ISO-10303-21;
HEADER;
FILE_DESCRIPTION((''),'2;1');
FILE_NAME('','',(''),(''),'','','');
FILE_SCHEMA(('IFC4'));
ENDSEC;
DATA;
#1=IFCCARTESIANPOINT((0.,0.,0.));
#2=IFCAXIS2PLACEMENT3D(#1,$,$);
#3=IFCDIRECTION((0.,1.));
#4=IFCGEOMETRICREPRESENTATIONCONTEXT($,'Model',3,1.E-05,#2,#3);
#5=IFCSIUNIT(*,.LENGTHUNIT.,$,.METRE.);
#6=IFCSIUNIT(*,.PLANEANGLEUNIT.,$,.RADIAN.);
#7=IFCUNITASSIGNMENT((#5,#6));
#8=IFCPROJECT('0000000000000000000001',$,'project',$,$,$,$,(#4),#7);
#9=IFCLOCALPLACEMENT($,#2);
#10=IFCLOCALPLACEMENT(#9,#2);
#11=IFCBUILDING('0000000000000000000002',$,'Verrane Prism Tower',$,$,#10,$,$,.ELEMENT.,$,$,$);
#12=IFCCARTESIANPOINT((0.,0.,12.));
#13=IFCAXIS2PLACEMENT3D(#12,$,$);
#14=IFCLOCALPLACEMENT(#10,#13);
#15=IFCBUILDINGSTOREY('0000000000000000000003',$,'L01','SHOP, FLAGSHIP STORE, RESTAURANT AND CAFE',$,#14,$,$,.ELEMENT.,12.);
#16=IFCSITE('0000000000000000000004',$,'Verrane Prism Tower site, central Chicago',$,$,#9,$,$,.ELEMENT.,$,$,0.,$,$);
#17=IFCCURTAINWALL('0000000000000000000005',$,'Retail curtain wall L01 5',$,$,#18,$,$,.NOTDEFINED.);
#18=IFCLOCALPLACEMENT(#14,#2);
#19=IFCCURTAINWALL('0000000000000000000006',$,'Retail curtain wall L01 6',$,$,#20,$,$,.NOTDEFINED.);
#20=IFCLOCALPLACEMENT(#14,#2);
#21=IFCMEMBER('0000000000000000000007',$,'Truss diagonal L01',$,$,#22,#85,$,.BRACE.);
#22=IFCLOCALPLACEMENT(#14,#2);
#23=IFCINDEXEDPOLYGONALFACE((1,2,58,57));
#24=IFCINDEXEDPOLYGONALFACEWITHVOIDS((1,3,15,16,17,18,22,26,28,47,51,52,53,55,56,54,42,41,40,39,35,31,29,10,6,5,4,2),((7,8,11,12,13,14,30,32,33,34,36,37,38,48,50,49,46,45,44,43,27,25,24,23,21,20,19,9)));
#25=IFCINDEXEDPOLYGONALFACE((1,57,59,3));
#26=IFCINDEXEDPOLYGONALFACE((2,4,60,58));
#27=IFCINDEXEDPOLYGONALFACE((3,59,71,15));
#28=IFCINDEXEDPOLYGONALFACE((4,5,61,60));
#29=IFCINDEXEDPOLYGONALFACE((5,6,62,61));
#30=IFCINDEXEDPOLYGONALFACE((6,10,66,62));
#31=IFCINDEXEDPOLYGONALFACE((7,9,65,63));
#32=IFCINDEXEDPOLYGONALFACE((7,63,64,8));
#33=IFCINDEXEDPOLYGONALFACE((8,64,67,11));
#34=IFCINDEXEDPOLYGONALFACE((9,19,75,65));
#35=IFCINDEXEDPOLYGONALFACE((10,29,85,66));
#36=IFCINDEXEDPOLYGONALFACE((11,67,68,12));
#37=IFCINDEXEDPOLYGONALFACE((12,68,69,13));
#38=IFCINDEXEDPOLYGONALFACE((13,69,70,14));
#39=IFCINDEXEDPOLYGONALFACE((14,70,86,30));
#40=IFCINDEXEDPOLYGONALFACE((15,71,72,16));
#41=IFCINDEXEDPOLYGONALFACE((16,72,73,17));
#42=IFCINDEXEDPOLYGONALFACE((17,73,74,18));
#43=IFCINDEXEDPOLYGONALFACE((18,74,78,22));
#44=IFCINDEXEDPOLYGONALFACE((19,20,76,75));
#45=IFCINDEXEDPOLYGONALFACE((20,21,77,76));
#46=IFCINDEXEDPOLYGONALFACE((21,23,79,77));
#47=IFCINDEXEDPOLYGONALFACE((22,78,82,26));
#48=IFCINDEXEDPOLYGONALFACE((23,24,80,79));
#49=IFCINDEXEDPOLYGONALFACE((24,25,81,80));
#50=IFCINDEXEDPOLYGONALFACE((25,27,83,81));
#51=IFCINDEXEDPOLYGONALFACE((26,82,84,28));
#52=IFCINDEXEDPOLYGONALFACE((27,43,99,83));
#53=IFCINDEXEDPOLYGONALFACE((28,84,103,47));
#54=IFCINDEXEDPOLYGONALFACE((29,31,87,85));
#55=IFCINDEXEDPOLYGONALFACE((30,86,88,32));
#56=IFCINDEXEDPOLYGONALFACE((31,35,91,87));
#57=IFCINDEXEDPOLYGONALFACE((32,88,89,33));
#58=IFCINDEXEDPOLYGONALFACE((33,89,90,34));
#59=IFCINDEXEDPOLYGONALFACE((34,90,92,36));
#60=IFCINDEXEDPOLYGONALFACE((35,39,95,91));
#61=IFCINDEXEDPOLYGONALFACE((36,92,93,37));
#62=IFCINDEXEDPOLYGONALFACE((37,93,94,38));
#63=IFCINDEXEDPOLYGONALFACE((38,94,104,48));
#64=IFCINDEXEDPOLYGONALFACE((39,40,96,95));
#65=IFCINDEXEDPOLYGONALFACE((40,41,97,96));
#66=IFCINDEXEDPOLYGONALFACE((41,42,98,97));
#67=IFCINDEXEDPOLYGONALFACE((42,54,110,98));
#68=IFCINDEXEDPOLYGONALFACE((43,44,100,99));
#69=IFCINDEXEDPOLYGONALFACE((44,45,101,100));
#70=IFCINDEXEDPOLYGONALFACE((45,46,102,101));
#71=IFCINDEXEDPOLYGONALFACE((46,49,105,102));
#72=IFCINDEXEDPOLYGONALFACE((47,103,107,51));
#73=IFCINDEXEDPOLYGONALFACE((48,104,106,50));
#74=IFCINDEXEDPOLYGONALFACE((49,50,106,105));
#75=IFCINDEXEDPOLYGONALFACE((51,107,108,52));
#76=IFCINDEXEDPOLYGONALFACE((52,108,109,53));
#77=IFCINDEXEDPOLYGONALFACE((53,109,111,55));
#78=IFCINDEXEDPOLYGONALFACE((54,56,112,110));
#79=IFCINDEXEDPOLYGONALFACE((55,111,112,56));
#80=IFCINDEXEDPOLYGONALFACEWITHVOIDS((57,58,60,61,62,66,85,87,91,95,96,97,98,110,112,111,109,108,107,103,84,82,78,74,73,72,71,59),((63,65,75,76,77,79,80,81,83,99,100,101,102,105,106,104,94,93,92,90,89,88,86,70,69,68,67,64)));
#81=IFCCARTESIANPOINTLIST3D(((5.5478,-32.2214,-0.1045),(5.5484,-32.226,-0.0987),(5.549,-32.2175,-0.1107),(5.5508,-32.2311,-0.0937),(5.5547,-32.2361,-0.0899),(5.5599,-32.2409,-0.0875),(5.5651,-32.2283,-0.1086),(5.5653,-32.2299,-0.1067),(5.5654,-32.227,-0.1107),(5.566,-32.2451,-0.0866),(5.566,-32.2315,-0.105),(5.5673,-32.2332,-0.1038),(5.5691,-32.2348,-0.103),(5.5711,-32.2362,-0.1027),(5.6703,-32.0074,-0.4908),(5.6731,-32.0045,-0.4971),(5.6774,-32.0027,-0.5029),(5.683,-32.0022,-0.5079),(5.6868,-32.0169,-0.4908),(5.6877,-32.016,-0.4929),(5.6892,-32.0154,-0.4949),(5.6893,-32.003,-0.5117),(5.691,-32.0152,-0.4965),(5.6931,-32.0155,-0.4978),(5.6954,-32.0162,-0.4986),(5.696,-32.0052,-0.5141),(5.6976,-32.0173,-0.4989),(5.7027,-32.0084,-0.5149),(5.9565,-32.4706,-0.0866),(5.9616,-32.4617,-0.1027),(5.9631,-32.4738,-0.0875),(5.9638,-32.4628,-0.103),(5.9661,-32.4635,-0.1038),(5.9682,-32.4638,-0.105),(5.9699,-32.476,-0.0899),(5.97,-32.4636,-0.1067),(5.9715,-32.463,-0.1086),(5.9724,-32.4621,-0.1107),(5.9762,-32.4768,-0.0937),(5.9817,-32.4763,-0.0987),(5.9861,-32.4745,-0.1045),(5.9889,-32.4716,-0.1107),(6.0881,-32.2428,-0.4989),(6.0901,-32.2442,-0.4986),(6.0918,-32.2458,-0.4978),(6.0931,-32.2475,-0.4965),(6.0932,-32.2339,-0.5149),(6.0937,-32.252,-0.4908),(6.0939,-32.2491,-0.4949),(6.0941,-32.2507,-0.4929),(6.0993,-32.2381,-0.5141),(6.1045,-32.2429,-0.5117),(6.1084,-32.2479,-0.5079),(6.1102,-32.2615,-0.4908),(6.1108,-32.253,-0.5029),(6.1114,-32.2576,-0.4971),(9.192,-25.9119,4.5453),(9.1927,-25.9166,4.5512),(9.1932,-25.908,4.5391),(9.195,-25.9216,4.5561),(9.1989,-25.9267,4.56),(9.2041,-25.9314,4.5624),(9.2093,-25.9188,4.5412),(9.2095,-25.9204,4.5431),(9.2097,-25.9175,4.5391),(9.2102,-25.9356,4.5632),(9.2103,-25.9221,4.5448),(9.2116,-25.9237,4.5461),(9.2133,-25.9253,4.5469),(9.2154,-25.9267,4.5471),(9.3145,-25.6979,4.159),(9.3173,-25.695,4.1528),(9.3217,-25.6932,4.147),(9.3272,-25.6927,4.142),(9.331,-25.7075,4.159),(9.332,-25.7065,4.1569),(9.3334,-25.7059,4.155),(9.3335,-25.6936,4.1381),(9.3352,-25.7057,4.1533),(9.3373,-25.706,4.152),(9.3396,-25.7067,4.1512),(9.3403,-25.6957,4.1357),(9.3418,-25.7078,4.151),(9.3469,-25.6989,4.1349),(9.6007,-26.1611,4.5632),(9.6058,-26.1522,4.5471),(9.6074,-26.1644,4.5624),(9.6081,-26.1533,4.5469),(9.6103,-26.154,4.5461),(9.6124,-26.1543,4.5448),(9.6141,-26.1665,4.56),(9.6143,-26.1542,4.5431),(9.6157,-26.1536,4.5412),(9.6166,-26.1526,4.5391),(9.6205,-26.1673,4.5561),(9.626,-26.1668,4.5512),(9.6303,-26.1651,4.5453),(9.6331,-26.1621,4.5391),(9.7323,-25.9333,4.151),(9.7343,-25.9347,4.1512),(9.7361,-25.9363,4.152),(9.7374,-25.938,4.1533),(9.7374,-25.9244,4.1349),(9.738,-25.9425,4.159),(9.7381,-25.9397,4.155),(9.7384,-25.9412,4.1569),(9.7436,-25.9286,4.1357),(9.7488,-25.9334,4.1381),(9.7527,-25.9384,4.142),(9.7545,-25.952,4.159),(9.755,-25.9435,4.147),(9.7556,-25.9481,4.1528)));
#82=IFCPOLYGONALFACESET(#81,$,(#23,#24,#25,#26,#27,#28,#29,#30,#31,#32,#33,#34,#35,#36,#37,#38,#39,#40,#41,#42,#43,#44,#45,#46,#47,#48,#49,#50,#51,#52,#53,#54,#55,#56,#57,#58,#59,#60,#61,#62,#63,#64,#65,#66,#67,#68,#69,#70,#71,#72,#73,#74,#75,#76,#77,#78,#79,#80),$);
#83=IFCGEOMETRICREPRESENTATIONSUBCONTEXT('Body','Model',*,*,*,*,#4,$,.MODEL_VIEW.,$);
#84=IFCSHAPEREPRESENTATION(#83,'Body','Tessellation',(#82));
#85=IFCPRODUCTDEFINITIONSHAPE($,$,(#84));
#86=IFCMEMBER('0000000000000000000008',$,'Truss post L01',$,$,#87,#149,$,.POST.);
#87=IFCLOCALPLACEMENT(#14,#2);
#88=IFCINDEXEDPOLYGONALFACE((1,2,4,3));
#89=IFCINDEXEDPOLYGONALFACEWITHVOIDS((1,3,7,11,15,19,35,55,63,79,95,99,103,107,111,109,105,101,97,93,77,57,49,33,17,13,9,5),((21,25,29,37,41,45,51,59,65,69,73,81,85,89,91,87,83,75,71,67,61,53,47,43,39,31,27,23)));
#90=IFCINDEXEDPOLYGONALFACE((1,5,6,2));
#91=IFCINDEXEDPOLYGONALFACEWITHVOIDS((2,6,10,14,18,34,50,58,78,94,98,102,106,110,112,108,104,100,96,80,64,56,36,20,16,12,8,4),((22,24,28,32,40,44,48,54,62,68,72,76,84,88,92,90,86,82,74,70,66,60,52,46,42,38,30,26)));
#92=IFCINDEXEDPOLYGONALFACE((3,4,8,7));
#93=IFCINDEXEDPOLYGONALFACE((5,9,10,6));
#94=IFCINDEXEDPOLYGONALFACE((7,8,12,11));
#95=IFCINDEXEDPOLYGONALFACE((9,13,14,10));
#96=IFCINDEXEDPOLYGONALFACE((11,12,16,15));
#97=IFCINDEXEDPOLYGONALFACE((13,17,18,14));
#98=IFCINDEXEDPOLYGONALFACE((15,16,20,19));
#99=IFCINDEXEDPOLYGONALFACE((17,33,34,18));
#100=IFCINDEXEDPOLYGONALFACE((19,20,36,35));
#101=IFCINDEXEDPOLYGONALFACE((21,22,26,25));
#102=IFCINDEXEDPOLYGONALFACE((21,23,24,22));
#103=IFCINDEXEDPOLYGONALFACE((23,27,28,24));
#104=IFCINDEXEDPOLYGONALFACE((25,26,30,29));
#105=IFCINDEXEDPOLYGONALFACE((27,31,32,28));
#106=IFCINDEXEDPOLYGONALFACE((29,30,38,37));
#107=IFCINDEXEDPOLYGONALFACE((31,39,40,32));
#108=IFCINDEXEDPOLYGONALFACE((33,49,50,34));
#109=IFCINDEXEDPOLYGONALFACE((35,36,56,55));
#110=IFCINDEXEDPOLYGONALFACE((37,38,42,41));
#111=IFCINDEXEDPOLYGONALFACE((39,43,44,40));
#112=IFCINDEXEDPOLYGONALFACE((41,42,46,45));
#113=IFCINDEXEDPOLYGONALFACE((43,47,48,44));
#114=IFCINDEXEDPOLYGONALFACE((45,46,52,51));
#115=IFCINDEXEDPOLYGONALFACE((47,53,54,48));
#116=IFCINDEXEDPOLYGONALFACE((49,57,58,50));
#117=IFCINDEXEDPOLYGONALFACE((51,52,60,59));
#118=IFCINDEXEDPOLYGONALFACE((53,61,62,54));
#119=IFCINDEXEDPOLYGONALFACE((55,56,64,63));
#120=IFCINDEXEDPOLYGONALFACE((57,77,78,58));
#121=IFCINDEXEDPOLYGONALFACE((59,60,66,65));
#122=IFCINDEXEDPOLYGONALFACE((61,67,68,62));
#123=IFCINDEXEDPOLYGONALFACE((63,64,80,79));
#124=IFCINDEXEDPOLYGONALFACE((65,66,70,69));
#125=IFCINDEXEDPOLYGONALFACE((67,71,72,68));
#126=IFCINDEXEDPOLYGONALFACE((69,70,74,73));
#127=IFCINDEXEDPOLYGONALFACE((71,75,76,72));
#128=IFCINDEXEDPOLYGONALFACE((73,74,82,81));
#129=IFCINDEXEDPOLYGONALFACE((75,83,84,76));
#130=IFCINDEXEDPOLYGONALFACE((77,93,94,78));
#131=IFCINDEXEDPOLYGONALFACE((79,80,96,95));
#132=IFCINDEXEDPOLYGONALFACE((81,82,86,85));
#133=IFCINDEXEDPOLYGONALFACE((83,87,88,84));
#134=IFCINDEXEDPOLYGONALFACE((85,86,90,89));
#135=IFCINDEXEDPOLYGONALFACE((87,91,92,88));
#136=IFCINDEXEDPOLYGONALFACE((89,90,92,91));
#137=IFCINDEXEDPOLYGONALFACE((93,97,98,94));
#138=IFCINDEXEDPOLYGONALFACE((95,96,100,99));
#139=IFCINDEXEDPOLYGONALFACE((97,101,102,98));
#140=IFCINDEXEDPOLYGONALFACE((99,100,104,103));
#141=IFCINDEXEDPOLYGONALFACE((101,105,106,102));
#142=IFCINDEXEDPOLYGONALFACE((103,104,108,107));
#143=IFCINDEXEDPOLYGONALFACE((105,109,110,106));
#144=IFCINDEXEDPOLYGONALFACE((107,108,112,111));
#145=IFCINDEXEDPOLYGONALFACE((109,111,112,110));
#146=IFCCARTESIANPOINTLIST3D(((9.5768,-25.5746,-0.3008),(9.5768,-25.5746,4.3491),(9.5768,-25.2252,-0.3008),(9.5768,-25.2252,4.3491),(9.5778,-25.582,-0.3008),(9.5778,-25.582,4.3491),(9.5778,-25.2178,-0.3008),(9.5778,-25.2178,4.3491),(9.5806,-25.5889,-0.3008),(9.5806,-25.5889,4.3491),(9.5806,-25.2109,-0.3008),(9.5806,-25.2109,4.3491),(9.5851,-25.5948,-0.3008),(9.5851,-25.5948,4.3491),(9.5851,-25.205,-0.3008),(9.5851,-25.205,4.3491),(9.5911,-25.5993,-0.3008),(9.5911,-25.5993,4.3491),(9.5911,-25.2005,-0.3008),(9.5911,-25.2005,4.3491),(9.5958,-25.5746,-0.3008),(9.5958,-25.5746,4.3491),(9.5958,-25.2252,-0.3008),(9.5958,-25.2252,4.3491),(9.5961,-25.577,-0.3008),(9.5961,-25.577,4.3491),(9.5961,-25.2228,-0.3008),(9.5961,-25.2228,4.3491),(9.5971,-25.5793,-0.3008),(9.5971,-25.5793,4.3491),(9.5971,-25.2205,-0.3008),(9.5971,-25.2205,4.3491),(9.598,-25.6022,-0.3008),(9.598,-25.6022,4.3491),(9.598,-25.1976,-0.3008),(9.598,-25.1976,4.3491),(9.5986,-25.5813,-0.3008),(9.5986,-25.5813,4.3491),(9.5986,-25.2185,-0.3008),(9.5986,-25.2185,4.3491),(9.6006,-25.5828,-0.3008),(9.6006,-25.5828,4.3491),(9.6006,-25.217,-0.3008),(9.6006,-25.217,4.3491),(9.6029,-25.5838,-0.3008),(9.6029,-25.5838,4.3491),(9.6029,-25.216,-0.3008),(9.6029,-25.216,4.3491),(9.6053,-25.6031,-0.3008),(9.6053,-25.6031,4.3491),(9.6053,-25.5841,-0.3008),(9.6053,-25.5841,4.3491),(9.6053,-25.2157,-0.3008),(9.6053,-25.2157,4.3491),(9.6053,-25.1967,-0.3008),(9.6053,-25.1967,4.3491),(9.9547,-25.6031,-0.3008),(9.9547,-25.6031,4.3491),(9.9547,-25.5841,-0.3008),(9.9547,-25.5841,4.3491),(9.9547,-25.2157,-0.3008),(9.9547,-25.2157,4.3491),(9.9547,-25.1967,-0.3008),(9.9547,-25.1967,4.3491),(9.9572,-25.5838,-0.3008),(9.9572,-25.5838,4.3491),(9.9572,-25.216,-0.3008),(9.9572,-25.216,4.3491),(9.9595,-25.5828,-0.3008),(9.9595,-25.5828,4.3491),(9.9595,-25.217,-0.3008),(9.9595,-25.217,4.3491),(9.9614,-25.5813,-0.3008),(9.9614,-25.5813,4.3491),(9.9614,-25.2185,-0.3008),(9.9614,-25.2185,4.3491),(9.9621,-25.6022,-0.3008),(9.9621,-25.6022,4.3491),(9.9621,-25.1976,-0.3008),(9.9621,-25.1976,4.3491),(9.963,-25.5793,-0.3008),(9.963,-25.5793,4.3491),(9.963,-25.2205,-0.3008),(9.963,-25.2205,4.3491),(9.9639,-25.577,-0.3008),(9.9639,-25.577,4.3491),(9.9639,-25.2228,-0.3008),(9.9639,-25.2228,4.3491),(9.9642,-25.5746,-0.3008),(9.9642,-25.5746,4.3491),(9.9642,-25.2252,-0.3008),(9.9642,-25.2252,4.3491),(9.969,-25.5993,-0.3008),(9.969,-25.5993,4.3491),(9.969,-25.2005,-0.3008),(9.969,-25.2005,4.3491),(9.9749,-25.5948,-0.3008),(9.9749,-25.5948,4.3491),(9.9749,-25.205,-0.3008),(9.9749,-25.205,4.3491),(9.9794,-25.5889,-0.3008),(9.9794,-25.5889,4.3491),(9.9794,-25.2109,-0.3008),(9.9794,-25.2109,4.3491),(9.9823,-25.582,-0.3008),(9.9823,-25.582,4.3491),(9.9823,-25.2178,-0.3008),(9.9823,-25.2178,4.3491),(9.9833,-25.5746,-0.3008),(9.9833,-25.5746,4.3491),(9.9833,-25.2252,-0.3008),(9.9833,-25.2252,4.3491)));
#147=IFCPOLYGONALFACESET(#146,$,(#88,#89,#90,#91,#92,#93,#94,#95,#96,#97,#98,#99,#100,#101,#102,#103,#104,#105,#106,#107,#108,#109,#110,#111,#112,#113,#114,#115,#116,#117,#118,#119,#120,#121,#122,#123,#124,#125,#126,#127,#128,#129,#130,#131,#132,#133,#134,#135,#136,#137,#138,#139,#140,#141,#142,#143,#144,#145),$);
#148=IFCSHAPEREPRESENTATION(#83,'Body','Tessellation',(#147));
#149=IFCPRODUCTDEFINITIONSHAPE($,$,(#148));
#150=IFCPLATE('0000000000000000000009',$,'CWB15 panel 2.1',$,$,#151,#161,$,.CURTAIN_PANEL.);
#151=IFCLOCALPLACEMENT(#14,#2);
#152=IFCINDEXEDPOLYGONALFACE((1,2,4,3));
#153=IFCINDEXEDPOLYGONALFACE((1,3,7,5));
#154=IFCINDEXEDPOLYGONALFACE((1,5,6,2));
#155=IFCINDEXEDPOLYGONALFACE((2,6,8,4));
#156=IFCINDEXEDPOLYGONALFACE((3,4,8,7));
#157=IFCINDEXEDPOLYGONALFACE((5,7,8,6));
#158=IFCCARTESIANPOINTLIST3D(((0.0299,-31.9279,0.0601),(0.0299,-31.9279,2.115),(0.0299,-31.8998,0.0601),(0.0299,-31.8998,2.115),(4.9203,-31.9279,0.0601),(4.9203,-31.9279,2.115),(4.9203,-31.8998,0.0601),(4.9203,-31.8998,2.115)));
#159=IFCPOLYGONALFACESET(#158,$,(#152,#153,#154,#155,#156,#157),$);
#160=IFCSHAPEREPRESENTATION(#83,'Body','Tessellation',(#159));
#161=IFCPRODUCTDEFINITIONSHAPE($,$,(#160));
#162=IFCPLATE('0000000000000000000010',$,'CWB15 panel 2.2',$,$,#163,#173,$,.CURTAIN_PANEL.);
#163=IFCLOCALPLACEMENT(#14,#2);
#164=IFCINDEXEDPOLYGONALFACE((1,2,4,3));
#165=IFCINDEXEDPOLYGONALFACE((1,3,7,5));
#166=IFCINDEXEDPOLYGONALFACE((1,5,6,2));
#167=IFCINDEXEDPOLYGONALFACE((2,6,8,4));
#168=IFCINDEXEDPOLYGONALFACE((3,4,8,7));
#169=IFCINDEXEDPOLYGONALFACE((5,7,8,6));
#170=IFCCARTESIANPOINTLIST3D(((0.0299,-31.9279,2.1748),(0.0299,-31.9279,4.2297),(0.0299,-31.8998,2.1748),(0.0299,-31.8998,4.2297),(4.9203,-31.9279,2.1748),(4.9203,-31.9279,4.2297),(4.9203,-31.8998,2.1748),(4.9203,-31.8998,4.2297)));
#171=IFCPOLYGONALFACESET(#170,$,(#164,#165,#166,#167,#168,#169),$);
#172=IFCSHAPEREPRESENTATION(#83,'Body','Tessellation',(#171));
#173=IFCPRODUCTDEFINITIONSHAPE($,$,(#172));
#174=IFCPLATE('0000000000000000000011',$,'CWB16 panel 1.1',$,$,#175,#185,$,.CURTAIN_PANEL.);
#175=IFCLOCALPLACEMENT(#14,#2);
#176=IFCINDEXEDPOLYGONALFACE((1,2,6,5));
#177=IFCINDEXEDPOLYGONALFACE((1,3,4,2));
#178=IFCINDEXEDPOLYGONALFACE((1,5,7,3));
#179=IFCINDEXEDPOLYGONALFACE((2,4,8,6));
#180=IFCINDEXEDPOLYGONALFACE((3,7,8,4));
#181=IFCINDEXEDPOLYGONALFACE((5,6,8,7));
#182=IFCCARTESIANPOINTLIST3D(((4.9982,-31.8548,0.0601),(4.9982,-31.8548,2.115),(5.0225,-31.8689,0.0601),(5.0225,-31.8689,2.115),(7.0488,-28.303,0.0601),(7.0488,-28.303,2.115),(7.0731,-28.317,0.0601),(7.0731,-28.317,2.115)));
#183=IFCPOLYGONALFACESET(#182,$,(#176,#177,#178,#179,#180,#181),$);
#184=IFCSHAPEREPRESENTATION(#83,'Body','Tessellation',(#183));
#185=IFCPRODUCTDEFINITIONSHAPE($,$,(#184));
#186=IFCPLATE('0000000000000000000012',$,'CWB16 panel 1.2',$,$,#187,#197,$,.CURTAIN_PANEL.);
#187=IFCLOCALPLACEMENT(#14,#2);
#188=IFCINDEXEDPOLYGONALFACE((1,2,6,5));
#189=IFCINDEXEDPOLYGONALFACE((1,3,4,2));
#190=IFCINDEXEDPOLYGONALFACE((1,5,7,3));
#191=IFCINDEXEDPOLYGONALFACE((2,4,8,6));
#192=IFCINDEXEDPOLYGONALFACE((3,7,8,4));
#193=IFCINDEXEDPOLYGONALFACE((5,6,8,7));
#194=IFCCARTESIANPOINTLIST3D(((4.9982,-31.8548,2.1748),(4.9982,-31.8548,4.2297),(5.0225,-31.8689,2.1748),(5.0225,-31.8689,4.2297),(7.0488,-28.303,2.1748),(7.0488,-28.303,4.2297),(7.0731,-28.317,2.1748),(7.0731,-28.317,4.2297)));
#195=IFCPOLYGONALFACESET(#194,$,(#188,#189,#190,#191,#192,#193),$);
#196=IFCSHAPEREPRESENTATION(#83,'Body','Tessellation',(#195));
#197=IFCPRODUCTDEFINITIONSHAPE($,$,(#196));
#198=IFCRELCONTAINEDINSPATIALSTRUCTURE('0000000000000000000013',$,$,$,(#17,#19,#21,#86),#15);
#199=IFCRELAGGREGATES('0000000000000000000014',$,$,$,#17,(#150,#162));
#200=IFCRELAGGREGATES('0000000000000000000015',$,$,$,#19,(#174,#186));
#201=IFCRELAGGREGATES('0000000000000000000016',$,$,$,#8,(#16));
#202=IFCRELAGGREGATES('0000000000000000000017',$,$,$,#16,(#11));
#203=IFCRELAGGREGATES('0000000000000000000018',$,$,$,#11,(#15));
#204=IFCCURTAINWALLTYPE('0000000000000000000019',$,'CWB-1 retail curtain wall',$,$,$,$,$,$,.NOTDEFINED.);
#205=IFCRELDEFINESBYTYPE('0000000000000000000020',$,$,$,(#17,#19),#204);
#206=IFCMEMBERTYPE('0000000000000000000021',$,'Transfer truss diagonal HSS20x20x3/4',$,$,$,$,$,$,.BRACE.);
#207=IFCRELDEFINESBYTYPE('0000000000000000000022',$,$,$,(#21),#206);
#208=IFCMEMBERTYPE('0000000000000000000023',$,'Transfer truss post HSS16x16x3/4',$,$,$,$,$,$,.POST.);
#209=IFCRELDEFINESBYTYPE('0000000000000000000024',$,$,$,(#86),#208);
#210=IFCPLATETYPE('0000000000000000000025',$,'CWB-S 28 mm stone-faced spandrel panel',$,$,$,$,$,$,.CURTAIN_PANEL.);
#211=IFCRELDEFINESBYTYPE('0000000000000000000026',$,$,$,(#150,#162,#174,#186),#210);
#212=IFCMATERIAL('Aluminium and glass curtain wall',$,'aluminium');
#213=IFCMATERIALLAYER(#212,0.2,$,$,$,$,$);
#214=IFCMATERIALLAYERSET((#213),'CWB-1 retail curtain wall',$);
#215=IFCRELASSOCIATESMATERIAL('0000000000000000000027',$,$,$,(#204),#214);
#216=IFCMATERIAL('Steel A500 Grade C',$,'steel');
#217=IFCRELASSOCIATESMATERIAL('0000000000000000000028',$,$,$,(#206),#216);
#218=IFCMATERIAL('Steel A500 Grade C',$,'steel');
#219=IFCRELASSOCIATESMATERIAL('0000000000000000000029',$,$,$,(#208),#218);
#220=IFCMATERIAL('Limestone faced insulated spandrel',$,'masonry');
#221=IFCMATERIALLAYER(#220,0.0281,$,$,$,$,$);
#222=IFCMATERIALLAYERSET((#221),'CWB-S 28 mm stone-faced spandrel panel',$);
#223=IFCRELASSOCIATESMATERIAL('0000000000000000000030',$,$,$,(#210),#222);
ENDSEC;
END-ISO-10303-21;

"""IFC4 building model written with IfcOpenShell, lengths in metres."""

from ifc_helpers import new_model, si_unit, direction, frame, origin, origin_2d, place, context, subcontext, project, spatial, rectangle, hollow_rectangle, extrude, material, layer, layer_set, material_profile, profile_set, type_object, element, aggregate, save


model = new_model("IFC4")

# Units and contexts
model_context = context("Model", 3, precision=1e-05, world=origin(), true_north=direction((0.0, 1.0)))
body_context = subcontext(model_context, "Body", "Model", "MODEL_VIEW")
ifc_project = project(units=[si_unit("LENGTHUNIT", "METRE"), si_unit("PLANEANGLEUNIT", "RADIAN")], contexts=[model_context])

# Site, building, storey
site_placement = place(None, origin())
site = spatial("IfcSite", under=ifc_project, at=site_placement, Name="Verrane Prism Tower site, central Chicago", CompositionType="ELEMENT", RefElevation=0.0)
building_placement = place(site_placement, origin())
building = spatial("IfcBuilding", under=site, at=building_placement, Name="Verrane Prism Tower", CompositionType="ELEMENT")
storey_placement = place(building_placement, frame((0.0, 0.0, 12.0)))
storey = spatial("IfcBuildingStorey", under=building, at=storey_placement, Name="L01", Description="SHOP, FLAGSHIP STORE, RESTAURANT AND CAFE", CompositionType="ELEMENT", Elevation=12.0)

# Curtain walls
ifc_material_1 = material(Name="Aluminium and glass curtain wall", Category="aluminium")
ifc_layer_1 = layer(ifc_material_1, 0.2)
ifc_layer_set_1 = layer_set([ifc_layer_1], Name="CWB-1 retail curtain wall")
curtain_wall_type = type_object("IfcCurtainWallType", Name="CWB-1 retail curtain wall", PredefinedType="NOTDEFINED", material=ifc_layer_set_1)
curtain_wall_1_placement = place(storey_placement, origin())
curtain_wall_1 = element("IfcCurtainWall", 1, at=curtain_wall_1_placement, inside=storey, type_object=curtain_wall_type, Name="Retail curtain wall L01 5", PredefinedType="NOTDEFINED")
curtain_wall_2_placement = place(storey_placement, origin())
curtain_wall_2 = element("IfcCurtainWall", 2, at=curtain_wall_2_placement, inside=storey, type_object=curtain_wall_type, Name="Retail curtain wall L01 6", PredefinedType="NOTDEFINED")

# Members
ifc_material_2 = material(Name="Steel A500 Grade C", Category="steel")
ifc_material_profile_1 = material_profile(ifc_material_2, hollow_rectangle(XDim=0.5081, YDim=0.5081, WallThickness=0.019, InnerFilletRadius=0.0095, OuterFilletRadius=0.0286, at=origin_2d()), Name="HSS20x20x3/4")
ifc_profile_set_1 = profile_set([ifc_material_profile_1], Name="Steel A500 Grade C")
member_type_1 = type_object("IfcMemberType", Name="Transfer truss diagonal HSS20x20x3/4", PredefinedType="BRACE", material=ifc_profile_set_1)
member_1_placement = place(storey_placement, frame((5.8296, -32.2395, -0.3008), z_axis=(0.421613, 0.729964, 0.537954), x_axis=(-0.865939, 0.50015, 0.0)))
element("IfcMember", 3, at=member_1_placement, inside=storey, type_object=member_type_1, Name="Truss diagonal L01", PredefinedType="BRACE", context=body_context, shape_type="SweptSolid", body=[
    extrude(hollow_rectangle(XDim=0.5081, YDim=0.5081, WallThickness=0.019, InnerFilletRadius=0.0095, OuterFilletRadius=0.0286, at=origin_2d()), origin(), (0.0, 0.0, 1.0), 8.6436),
])
ifc_material_3 = material(Name="Steel A500 Grade C", Category="steel")
ifc_material_profile_2 = material_profile(ifc_material_3, hollow_rectangle(XDim=0.4065, YDim=0.4065, WallThickness=0.019, InnerFilletRadius=0.0095, OuterFilletRadius=0.0286, at=origin_2d()), Name="HSS16x16x3/4")
ifc_profile_set_2 = profile_set([ifc_material_profile_2], Name="Steel A500 Grade C")
member_type_2 = type_object("IfcMemberType", Name="Transfer truss post HSS16x16x3/4", PredefinedType="POST", material=ifc_profile_set_2)
member_2_placement = place(storey_placement, frame((9.78, -25.3999, -0.3008), z_axis=(0.0, 0.0, 1.0), x_axis=(1.0, 0.0, 0.0)))
element("IfcMember", 4, at=member_2_placement, inside=storey, type_object=member_type_2, Name="Truss post L01", PredefinedType="POST", context=body_context, shape_type="SweptSolid", body=[
    extrude(hollow_rectangle(XDim=0.4065, YDim=0.4065, WallThickness=0.019, InnerFilletRadius=0.0095, OuterFilletRadius=0.0286, at=origin_2d()), origin(), (0.0, 0.0, 1.0), 4.6499),
])

# Plates
ifc_material_4 = material(Name="Limestone faced insulated spandrel", Category="masonry")
ifc_layer_2 = layer(ifc_material_4, 0.0281)
ifc_layer_set_2 = layer_set([ifc_layer_2], Name="CWB-S 28 mm stone-faced spandrel panel")
plate_type = type_object("IfcPlateType", Name="CWB-S 28 mm stone-faced spandrel panel", PredefinedType="CURTAIN_PANEL", material=ifc_layer_set_2)
plate_1_placement = place(storey_placement, frame((2.4751, -31.9138, 0.0601), z_axis=(0.0, 0.0, 1.0), x_axis=(1.0, 0.0, 0.0)))
plate_1 = element("IfcPlate", 5, at=plate_1_placement, type_object=plate_type, Name="CWB15 panel 2.1", PredefinedType="CURTAIN_PANEL", context=body_context, shape_type="SweptSolid", body=[
    extrude(rectangle(XDim=4.8904, YDim=0.0281, at=origin_2d()), origin(), (0.0, 0.0, 1.0), 2.0549),
])
plate_2_placement = place(storey_placement, frame((2.4751, -31.9138, 2.1748), z_axis=(0.0, 0.0, 1.0), x_axis=(1.0, 0.0, 0.0)))
plate_2 = element("IfcPlate", 6, at=plate_2_placement, type_object=plate_type, Name="CWB15 panel 2.2", PredefinedType="CURTAIN_PANEL", context=body_context, shape_type="SweptSolid", body=[
    extrude(rectangle(XDim=4.8904, YDim=0.0281, at=origin_2d()), origin(), (0.0, 0.0, 1.0), 2.0549),
])
aggregate(curtain_wall_1, [plate_1, plate_2])
plate_3_placement = place(storey_placement, frame((6.0356, -30.0859, 0.0601), z_axis=(0.0, 0.0, 1.0), x_axis=(0.5, 0.866025, 0.0)))
plate_3 = element("IfcPlate", 7, at=plate_3_placement, type_object=plate_type, Name="CWB16 panel 1.1", PredefinedType="CURTAIN_PANEL", context=body_context, shape_type="SweptSolid", body=[
    extrude(rectangle(XDim=4.1013, YDim=0.0281, at=origin_2d()), origin(), (0.0, 0.0, 1.0), 2.0549),
])
plate_4_placement = place(storey_placement, frame((6.0356, -30.0859, 2.1748), z_axis=(0.0, 0.0, 1.0), x_axis=(0.5, 0.866025, 0.0)))
plate_4 = element("IfcPlate", 8, at=plate_4_placement, type_object=plate_type, Name="CWB16 panel 1.2", PredefinedType="CURTAIN_PANEL", context=body_context, shape_type="SweptSolid", body=[
    extrude(rectangle(XDim=4.1013, YDim=0.0281, at=origin_2d()), origin(), (0.0, 0.0, 1.0), 2.0549),
])
aggregate(curtain_wall_2, [plate_3, plate_4])

save(model, "model.ifc")
